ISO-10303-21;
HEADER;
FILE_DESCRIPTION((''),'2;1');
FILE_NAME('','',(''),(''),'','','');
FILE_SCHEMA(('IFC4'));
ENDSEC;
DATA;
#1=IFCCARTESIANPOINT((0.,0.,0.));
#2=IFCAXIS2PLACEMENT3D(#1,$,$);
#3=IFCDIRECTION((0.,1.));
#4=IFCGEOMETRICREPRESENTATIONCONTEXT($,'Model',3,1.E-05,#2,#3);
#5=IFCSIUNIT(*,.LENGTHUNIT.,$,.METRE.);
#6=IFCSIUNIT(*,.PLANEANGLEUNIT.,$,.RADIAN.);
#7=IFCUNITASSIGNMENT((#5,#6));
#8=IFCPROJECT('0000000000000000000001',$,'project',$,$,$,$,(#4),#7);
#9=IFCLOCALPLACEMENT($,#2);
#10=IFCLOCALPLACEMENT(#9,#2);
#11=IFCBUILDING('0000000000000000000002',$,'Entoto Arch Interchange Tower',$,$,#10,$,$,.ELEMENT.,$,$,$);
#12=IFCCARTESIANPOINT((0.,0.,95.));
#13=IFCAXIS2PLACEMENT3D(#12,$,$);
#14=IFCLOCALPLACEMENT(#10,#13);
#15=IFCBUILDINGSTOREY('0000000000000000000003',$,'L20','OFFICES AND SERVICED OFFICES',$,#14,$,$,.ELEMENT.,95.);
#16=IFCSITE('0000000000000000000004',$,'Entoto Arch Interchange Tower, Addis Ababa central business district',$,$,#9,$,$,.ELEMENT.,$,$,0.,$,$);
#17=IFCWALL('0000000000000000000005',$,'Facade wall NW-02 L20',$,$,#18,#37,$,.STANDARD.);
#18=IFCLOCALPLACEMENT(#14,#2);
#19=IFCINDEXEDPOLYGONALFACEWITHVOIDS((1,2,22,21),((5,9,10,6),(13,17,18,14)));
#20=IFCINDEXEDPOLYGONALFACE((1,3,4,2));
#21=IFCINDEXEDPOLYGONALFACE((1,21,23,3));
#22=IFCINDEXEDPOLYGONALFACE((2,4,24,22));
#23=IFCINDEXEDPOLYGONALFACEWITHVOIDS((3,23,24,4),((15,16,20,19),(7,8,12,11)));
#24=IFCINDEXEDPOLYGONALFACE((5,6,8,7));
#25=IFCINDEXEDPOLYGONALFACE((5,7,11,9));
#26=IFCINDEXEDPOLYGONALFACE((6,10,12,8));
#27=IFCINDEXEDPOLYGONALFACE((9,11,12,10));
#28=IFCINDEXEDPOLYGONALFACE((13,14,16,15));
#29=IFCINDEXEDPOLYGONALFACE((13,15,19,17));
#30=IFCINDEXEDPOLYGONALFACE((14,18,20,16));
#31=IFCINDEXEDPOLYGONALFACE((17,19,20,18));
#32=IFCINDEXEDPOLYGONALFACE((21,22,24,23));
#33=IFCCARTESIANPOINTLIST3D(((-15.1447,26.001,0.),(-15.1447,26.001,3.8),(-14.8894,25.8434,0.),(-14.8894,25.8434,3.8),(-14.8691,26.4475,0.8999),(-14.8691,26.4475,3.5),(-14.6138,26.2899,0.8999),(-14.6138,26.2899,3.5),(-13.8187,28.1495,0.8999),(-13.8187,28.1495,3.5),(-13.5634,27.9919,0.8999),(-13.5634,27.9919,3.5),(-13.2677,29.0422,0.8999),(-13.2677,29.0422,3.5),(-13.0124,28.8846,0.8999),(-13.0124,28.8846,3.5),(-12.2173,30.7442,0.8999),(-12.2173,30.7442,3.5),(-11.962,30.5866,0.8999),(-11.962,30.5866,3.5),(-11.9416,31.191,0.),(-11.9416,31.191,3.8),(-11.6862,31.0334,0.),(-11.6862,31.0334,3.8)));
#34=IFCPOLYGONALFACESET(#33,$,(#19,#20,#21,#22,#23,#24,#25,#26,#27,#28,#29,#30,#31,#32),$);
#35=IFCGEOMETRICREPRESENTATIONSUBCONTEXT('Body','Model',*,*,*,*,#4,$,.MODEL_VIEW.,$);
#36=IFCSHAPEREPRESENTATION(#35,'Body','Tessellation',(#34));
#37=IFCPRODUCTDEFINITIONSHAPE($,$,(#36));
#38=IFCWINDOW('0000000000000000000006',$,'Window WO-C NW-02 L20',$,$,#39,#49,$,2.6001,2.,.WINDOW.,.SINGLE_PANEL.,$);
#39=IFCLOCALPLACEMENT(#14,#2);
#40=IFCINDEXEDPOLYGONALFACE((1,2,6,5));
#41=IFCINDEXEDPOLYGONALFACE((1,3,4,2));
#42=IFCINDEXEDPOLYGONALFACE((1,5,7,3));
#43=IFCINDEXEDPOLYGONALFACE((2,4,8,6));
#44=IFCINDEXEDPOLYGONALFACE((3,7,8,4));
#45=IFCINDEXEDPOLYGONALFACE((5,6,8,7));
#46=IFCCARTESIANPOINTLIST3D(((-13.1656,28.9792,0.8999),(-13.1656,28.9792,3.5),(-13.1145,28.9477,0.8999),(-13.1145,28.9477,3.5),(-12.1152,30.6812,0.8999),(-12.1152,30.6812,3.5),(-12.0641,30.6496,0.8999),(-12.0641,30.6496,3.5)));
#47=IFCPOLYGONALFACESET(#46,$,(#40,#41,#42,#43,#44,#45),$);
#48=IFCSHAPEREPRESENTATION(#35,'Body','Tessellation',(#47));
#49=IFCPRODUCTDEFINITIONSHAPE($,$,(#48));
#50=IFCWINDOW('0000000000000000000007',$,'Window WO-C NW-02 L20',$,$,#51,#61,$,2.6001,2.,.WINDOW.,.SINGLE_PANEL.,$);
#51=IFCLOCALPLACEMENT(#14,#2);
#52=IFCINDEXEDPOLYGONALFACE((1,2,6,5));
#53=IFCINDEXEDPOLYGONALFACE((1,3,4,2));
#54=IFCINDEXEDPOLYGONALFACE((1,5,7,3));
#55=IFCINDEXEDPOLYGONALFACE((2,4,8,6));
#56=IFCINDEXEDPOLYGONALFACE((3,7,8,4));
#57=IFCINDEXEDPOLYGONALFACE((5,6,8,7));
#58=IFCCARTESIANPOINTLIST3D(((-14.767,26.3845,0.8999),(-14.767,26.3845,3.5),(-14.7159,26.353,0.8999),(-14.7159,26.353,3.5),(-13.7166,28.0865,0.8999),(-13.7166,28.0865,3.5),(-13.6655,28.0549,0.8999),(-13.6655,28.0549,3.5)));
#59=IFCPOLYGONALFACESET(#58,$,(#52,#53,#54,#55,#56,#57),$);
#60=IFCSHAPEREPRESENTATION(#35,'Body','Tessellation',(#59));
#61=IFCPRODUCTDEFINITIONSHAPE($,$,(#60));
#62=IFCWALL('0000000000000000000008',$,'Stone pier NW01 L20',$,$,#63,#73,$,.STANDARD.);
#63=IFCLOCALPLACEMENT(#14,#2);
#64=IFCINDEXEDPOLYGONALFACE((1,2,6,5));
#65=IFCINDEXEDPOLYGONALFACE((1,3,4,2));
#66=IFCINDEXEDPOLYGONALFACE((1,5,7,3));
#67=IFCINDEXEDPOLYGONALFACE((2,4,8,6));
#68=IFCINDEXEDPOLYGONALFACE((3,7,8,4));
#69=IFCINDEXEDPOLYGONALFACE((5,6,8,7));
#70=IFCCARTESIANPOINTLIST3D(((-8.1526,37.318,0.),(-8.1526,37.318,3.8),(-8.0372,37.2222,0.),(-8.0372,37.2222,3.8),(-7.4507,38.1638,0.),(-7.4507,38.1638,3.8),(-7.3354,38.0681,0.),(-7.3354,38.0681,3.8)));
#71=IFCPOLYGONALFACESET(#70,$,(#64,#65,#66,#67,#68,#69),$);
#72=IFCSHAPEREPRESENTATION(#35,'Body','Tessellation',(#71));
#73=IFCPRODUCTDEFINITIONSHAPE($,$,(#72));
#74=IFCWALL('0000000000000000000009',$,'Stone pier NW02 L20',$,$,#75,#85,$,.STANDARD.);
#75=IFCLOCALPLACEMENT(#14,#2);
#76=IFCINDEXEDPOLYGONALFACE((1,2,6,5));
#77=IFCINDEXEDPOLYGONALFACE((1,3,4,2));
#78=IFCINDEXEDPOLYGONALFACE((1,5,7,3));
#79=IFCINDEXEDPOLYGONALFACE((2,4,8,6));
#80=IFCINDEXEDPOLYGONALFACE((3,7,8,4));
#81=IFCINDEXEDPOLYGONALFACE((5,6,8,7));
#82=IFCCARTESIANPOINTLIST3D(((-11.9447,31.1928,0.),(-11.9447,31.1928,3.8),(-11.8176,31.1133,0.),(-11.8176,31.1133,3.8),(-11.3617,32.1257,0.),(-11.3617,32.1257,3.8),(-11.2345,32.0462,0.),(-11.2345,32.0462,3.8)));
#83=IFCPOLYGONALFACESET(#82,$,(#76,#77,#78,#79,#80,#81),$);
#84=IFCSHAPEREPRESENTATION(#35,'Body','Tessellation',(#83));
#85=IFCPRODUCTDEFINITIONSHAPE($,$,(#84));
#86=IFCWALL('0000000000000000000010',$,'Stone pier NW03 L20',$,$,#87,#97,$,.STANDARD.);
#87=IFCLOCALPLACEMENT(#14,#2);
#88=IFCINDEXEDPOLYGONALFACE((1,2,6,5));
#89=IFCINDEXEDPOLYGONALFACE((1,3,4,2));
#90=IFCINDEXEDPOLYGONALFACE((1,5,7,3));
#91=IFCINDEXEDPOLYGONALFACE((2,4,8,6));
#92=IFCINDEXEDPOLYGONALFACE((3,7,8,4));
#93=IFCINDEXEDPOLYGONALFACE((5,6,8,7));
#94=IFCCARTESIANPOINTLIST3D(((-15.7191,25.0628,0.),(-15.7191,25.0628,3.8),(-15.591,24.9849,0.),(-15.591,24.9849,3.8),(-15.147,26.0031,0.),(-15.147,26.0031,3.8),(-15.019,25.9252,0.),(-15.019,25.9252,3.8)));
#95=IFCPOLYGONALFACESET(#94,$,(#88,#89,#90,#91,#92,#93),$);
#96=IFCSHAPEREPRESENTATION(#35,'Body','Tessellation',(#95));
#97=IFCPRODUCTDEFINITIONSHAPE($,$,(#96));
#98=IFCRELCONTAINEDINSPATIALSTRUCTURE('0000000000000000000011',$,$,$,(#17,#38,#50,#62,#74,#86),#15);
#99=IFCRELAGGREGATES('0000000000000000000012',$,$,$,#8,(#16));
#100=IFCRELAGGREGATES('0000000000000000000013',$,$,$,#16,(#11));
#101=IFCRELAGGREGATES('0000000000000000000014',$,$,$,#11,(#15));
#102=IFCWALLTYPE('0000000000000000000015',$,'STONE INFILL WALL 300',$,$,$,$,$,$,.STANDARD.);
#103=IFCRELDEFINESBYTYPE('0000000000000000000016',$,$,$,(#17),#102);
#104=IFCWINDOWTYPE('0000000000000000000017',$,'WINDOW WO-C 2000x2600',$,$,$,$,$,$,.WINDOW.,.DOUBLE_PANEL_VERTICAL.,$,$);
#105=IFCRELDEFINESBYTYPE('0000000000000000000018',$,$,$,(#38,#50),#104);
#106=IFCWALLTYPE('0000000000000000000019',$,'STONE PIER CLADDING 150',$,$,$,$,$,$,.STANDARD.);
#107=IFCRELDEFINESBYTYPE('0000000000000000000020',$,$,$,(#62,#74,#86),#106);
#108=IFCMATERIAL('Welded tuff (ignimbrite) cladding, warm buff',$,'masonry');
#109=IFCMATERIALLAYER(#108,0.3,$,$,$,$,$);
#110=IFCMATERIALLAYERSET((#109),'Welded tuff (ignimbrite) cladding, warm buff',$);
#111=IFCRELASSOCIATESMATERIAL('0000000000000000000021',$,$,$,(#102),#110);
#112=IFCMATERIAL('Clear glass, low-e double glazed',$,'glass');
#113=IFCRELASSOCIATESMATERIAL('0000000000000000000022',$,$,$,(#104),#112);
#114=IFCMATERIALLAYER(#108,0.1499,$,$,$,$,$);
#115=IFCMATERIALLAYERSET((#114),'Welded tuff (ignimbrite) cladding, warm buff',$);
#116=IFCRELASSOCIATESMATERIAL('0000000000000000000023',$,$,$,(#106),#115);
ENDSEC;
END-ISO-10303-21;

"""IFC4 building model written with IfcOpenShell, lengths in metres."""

from ifc_helpers import new_model, si_unit, direction, frame, frame_2d, origin, place, context, subcontext, project, spatial, rectangle, extrude, material, layer, layer_set, type_object, element, fill, save


model = new_model("IFC4")

# Units and contexts
model_context = context("Model", 3, precision=1e-05, world=origin(), true_north=direction((0.0, 1.0)))
body_context = subcontext(model_context, "Body", "Model", "MODEL_VIEW")
ifc_project = project(units=[si_unit("LENGTHUNIT", "METRE"), si_unit("PLANEANGLEUNIT", "RADIAN")], contexts=[model_context])

# Site, building, storey
site_placement = place(None, origin())
site = spatial("IfcSite", under=ifc_project, at=site_placement, Name="Entoto Arch Interchange Tower, Addis Ababa central business district", CompositionType="ELEMENT", RefElevation=0.0)
building_placement = place(site_placement, origin())
building = spatial("IfcBuilding", under=site, at=building_placement, Name="Entoto Arch Interchange Tower", CompositionType="ELEMENT")
storey_placement = place(building_placement, frame((0.0, 0.0, 95.0)))
storey = spatial("IfcBuildingStorey", under=building, at=storey_placement, Name="L20", Description="OFFICES AND SERVICED OFFICES", CompositionType="ELEMENT", Elevation=95.0)

# Shared definitions
ifc_material_1 = material(Name="Welded tuff (ignimbrite) cladding, warm buff", Category="masonry")
ifc_layer_1 = layer(ifc_material_1, 0.3)
ifc_layer_set_1 = layer_set([ifc_layer_1], Name="Welded tuff (ignimbrite) cladding, warm buff")
wall_type_1 = type_object("IfcWallType", Name="STONE INFILL WALL 300", PredefinedType="STANDARD", material=ifc_layer_set_1)
ifc_material_2 = material(Name="Clear glass, low-e double glazed", Category="glass")

# Wall, openings, windows
window_type_1 = type_object("IfcWindowType", Name="WINDOW WO-C 2000x2600", PartitioningType="DOUBLE_PANEL_VERTICAL", PredefinedType="WINDOW", material=ifc_material_2)
wall_1_placement = place(storey_placement, frame((-11.814, 31.1121, 0.0), z_axis=(0.0, 0.0, 1.0), x_axis=(-0.525205, -0.850976, 0.0)))
wall_1 = element("IfcWall", 1, at=wall_1_placement, inside=storey, type_object=wall_type_1, Name="Facade wall NW-02 L20", PredefinedType="STANDARD", context=body_context, shape_type="SweptSolid", body=[
    extrude(rectangle(XDim=6.0989, YDim=0.3, at=frame_2d((3.0493, 0.0))), origin(), (0.0, 0.0, 1.0), 3.8),
])
opening_1_placement = place(wall_1_placement, frame((0.5249, 0.0, 0.8999)))
opening_1 = element("IfcOpeningElement", 2, at=opening_1_placement, cuts=wall_1, PredefinedType="OPENING", context=body_context, shape_type="SweptSolid", body=[
    extrude(rectangle(XDim=2.0, YDim=2.6001, at=frame_2d((1.0, 1.3))), frame((0.0, 0.1602, 0.0), z_axis=(0.0, -1.0, 0.0), x_axis=(1.0, 0.0, 0.0)), (0.0, 0.0, 1.0), 0.3201),
])
opening_2_placement = place(wall_1_placement, frame((3.574, 0.0, 0.8999)))
opening_2 = element("IfcOpeningElement", 3, at=opening_2_placement, cuts=wall_1, PredefinedType="OPENING", context=body_context, shape_type="SweptSolid", body=[
    extrude(rectangle(XDim=2.0, YDim=2.6001, at=frame_2d((1.0, 1.3))), frame((0.0, 0.1602, 0.0), z_axis=(0.0, -1.0, 0.0), x_axis=(1.0, 0.0, 0.0)), (0.0, 0.0, 1.0), 0.3201),
])
window_1_placement = place(opening_1_placement, origin())
window_1 = element("IfcWindow", 4, at=window_1_placement, inside=storey, type_object=window_type_1, Name="Window WO-C NW-02 L20", OverallHeight=2.6001, OverallWidth=2.0, PartitioningType="SINGLE_PANEL", PredefinedType="WINDOW", context=body_context, shape_type="SweptSolid", body=[
    extrude(rectangle(XDim=2.0, YDim=2.6001, at=frame_2d((1.0, 1.3))), frame((0.0, 0.03, 0.0), z_axis=(0.0, -1.0, 0.0), x_axis=(1.0, 0.0, 0.0)), (0.0, 0.0, 1.0), 0.0601),
])
fill(opening_1, window_1)
window_2_placement = place(opening_2_placement, origin())
window_2 = element("IfcWindow", 5, at=window_2_placement, inside=storey, type_object=window_type_1, Name="Window WO-C NW-02 L20", OverallHeight=2.6001, OverallWidth=2.0, PartitioningType="SINGLE_PANEL", PredefinedType="WINDOW", context=body_context, shape_type="SweptSolid", body=[
    extrude(rectangle(XDim=2.0, YDim=2.6001, at=frame_2d((1.0, 1.3))), frame((0.0, 0.03, 0.0), z_axis=(0.0, -1.0, 0.0), x_axis=(1.0, 0.0, 0.0)), (0.0, 0.0, 1.0), 0.0601),
])
fill(opening_2, window_2)

# Walls
ifc_layer_2 = layer(ifc_material_1, 0.1499)
ifc_layer_set_2 = layer_set([ifc_layer_2], Name="Welded tuff (ignimbrite) cladding, warm buff")
wall_type_2 = type_object("IfcWallType", Name="STONE PIER CLADDING 150", PredefinedType="STANDARD", material=ifc_layer_set_2)
wall_2_placement = place(storey_placement, frame((-7.3931, 38.116, 0.0), z_axis=(0.0, 0.0, 1.0), x_axis=(-0.638544, -0.769585, 0.0)))
element("IfcWall", 6, at=wall_2_placement, inside=storey, type_object=wall_type_2, Name="Stone pier NW01 L20", PredefinedType="STANDARD", context=body_context, shape_type="SweptSolid", body=[
    extrude(rectangle(XDim=1.0991, YDim=0.1499, at=frame_2d((0.5496, 0.0))), origin(), (0.0, 0.0, 1.0), 3.8),
])
wall_3_placement = place(storey_placement, frame((-11.2981, 32.0859, 0.0), z_axis=(0.0, 0.0, 1.0), x_axis=(-0.529979, -0.848011, 0.0)))
element("IfcWall", 7, at=wall_3_placement, inside=storey, type_object=wall_type_2, Name="Stone pier NW02 L20", PredefinedType="STANDARD", context=body_context, shape_type="SweptSolid", body=[
    extrude(rectangle(XDim=1.1001, YDim=0.1499, at=frame_2d((0.55, 0.0))), origin(), (0.0, 0.0, 1.0), 3.8),
])
wall_4_placement = place(storey_placement, frame((-15.083, 25.9641, 0.0), z_axis=(0.0, 0.0, 1.0), x_axis=(-0.519771, -0.854306, 0.0)))
element("IfcWall", 8, at=wall_4_placement, inside=storey, type_object=wall_type_2, Name="Stone pier NW03 L20", PredefinedType="STANDARD", context=body_context, shape_type="SweptSolid", body=[
    extrude(rectangle(XDim=1.1006, YDim=0.1499, at=frame_2d((0.5503, 0.0))), origin(), (0.0, 0.0, 1.0), 3.8),
])

save(model, "model.ifc")
